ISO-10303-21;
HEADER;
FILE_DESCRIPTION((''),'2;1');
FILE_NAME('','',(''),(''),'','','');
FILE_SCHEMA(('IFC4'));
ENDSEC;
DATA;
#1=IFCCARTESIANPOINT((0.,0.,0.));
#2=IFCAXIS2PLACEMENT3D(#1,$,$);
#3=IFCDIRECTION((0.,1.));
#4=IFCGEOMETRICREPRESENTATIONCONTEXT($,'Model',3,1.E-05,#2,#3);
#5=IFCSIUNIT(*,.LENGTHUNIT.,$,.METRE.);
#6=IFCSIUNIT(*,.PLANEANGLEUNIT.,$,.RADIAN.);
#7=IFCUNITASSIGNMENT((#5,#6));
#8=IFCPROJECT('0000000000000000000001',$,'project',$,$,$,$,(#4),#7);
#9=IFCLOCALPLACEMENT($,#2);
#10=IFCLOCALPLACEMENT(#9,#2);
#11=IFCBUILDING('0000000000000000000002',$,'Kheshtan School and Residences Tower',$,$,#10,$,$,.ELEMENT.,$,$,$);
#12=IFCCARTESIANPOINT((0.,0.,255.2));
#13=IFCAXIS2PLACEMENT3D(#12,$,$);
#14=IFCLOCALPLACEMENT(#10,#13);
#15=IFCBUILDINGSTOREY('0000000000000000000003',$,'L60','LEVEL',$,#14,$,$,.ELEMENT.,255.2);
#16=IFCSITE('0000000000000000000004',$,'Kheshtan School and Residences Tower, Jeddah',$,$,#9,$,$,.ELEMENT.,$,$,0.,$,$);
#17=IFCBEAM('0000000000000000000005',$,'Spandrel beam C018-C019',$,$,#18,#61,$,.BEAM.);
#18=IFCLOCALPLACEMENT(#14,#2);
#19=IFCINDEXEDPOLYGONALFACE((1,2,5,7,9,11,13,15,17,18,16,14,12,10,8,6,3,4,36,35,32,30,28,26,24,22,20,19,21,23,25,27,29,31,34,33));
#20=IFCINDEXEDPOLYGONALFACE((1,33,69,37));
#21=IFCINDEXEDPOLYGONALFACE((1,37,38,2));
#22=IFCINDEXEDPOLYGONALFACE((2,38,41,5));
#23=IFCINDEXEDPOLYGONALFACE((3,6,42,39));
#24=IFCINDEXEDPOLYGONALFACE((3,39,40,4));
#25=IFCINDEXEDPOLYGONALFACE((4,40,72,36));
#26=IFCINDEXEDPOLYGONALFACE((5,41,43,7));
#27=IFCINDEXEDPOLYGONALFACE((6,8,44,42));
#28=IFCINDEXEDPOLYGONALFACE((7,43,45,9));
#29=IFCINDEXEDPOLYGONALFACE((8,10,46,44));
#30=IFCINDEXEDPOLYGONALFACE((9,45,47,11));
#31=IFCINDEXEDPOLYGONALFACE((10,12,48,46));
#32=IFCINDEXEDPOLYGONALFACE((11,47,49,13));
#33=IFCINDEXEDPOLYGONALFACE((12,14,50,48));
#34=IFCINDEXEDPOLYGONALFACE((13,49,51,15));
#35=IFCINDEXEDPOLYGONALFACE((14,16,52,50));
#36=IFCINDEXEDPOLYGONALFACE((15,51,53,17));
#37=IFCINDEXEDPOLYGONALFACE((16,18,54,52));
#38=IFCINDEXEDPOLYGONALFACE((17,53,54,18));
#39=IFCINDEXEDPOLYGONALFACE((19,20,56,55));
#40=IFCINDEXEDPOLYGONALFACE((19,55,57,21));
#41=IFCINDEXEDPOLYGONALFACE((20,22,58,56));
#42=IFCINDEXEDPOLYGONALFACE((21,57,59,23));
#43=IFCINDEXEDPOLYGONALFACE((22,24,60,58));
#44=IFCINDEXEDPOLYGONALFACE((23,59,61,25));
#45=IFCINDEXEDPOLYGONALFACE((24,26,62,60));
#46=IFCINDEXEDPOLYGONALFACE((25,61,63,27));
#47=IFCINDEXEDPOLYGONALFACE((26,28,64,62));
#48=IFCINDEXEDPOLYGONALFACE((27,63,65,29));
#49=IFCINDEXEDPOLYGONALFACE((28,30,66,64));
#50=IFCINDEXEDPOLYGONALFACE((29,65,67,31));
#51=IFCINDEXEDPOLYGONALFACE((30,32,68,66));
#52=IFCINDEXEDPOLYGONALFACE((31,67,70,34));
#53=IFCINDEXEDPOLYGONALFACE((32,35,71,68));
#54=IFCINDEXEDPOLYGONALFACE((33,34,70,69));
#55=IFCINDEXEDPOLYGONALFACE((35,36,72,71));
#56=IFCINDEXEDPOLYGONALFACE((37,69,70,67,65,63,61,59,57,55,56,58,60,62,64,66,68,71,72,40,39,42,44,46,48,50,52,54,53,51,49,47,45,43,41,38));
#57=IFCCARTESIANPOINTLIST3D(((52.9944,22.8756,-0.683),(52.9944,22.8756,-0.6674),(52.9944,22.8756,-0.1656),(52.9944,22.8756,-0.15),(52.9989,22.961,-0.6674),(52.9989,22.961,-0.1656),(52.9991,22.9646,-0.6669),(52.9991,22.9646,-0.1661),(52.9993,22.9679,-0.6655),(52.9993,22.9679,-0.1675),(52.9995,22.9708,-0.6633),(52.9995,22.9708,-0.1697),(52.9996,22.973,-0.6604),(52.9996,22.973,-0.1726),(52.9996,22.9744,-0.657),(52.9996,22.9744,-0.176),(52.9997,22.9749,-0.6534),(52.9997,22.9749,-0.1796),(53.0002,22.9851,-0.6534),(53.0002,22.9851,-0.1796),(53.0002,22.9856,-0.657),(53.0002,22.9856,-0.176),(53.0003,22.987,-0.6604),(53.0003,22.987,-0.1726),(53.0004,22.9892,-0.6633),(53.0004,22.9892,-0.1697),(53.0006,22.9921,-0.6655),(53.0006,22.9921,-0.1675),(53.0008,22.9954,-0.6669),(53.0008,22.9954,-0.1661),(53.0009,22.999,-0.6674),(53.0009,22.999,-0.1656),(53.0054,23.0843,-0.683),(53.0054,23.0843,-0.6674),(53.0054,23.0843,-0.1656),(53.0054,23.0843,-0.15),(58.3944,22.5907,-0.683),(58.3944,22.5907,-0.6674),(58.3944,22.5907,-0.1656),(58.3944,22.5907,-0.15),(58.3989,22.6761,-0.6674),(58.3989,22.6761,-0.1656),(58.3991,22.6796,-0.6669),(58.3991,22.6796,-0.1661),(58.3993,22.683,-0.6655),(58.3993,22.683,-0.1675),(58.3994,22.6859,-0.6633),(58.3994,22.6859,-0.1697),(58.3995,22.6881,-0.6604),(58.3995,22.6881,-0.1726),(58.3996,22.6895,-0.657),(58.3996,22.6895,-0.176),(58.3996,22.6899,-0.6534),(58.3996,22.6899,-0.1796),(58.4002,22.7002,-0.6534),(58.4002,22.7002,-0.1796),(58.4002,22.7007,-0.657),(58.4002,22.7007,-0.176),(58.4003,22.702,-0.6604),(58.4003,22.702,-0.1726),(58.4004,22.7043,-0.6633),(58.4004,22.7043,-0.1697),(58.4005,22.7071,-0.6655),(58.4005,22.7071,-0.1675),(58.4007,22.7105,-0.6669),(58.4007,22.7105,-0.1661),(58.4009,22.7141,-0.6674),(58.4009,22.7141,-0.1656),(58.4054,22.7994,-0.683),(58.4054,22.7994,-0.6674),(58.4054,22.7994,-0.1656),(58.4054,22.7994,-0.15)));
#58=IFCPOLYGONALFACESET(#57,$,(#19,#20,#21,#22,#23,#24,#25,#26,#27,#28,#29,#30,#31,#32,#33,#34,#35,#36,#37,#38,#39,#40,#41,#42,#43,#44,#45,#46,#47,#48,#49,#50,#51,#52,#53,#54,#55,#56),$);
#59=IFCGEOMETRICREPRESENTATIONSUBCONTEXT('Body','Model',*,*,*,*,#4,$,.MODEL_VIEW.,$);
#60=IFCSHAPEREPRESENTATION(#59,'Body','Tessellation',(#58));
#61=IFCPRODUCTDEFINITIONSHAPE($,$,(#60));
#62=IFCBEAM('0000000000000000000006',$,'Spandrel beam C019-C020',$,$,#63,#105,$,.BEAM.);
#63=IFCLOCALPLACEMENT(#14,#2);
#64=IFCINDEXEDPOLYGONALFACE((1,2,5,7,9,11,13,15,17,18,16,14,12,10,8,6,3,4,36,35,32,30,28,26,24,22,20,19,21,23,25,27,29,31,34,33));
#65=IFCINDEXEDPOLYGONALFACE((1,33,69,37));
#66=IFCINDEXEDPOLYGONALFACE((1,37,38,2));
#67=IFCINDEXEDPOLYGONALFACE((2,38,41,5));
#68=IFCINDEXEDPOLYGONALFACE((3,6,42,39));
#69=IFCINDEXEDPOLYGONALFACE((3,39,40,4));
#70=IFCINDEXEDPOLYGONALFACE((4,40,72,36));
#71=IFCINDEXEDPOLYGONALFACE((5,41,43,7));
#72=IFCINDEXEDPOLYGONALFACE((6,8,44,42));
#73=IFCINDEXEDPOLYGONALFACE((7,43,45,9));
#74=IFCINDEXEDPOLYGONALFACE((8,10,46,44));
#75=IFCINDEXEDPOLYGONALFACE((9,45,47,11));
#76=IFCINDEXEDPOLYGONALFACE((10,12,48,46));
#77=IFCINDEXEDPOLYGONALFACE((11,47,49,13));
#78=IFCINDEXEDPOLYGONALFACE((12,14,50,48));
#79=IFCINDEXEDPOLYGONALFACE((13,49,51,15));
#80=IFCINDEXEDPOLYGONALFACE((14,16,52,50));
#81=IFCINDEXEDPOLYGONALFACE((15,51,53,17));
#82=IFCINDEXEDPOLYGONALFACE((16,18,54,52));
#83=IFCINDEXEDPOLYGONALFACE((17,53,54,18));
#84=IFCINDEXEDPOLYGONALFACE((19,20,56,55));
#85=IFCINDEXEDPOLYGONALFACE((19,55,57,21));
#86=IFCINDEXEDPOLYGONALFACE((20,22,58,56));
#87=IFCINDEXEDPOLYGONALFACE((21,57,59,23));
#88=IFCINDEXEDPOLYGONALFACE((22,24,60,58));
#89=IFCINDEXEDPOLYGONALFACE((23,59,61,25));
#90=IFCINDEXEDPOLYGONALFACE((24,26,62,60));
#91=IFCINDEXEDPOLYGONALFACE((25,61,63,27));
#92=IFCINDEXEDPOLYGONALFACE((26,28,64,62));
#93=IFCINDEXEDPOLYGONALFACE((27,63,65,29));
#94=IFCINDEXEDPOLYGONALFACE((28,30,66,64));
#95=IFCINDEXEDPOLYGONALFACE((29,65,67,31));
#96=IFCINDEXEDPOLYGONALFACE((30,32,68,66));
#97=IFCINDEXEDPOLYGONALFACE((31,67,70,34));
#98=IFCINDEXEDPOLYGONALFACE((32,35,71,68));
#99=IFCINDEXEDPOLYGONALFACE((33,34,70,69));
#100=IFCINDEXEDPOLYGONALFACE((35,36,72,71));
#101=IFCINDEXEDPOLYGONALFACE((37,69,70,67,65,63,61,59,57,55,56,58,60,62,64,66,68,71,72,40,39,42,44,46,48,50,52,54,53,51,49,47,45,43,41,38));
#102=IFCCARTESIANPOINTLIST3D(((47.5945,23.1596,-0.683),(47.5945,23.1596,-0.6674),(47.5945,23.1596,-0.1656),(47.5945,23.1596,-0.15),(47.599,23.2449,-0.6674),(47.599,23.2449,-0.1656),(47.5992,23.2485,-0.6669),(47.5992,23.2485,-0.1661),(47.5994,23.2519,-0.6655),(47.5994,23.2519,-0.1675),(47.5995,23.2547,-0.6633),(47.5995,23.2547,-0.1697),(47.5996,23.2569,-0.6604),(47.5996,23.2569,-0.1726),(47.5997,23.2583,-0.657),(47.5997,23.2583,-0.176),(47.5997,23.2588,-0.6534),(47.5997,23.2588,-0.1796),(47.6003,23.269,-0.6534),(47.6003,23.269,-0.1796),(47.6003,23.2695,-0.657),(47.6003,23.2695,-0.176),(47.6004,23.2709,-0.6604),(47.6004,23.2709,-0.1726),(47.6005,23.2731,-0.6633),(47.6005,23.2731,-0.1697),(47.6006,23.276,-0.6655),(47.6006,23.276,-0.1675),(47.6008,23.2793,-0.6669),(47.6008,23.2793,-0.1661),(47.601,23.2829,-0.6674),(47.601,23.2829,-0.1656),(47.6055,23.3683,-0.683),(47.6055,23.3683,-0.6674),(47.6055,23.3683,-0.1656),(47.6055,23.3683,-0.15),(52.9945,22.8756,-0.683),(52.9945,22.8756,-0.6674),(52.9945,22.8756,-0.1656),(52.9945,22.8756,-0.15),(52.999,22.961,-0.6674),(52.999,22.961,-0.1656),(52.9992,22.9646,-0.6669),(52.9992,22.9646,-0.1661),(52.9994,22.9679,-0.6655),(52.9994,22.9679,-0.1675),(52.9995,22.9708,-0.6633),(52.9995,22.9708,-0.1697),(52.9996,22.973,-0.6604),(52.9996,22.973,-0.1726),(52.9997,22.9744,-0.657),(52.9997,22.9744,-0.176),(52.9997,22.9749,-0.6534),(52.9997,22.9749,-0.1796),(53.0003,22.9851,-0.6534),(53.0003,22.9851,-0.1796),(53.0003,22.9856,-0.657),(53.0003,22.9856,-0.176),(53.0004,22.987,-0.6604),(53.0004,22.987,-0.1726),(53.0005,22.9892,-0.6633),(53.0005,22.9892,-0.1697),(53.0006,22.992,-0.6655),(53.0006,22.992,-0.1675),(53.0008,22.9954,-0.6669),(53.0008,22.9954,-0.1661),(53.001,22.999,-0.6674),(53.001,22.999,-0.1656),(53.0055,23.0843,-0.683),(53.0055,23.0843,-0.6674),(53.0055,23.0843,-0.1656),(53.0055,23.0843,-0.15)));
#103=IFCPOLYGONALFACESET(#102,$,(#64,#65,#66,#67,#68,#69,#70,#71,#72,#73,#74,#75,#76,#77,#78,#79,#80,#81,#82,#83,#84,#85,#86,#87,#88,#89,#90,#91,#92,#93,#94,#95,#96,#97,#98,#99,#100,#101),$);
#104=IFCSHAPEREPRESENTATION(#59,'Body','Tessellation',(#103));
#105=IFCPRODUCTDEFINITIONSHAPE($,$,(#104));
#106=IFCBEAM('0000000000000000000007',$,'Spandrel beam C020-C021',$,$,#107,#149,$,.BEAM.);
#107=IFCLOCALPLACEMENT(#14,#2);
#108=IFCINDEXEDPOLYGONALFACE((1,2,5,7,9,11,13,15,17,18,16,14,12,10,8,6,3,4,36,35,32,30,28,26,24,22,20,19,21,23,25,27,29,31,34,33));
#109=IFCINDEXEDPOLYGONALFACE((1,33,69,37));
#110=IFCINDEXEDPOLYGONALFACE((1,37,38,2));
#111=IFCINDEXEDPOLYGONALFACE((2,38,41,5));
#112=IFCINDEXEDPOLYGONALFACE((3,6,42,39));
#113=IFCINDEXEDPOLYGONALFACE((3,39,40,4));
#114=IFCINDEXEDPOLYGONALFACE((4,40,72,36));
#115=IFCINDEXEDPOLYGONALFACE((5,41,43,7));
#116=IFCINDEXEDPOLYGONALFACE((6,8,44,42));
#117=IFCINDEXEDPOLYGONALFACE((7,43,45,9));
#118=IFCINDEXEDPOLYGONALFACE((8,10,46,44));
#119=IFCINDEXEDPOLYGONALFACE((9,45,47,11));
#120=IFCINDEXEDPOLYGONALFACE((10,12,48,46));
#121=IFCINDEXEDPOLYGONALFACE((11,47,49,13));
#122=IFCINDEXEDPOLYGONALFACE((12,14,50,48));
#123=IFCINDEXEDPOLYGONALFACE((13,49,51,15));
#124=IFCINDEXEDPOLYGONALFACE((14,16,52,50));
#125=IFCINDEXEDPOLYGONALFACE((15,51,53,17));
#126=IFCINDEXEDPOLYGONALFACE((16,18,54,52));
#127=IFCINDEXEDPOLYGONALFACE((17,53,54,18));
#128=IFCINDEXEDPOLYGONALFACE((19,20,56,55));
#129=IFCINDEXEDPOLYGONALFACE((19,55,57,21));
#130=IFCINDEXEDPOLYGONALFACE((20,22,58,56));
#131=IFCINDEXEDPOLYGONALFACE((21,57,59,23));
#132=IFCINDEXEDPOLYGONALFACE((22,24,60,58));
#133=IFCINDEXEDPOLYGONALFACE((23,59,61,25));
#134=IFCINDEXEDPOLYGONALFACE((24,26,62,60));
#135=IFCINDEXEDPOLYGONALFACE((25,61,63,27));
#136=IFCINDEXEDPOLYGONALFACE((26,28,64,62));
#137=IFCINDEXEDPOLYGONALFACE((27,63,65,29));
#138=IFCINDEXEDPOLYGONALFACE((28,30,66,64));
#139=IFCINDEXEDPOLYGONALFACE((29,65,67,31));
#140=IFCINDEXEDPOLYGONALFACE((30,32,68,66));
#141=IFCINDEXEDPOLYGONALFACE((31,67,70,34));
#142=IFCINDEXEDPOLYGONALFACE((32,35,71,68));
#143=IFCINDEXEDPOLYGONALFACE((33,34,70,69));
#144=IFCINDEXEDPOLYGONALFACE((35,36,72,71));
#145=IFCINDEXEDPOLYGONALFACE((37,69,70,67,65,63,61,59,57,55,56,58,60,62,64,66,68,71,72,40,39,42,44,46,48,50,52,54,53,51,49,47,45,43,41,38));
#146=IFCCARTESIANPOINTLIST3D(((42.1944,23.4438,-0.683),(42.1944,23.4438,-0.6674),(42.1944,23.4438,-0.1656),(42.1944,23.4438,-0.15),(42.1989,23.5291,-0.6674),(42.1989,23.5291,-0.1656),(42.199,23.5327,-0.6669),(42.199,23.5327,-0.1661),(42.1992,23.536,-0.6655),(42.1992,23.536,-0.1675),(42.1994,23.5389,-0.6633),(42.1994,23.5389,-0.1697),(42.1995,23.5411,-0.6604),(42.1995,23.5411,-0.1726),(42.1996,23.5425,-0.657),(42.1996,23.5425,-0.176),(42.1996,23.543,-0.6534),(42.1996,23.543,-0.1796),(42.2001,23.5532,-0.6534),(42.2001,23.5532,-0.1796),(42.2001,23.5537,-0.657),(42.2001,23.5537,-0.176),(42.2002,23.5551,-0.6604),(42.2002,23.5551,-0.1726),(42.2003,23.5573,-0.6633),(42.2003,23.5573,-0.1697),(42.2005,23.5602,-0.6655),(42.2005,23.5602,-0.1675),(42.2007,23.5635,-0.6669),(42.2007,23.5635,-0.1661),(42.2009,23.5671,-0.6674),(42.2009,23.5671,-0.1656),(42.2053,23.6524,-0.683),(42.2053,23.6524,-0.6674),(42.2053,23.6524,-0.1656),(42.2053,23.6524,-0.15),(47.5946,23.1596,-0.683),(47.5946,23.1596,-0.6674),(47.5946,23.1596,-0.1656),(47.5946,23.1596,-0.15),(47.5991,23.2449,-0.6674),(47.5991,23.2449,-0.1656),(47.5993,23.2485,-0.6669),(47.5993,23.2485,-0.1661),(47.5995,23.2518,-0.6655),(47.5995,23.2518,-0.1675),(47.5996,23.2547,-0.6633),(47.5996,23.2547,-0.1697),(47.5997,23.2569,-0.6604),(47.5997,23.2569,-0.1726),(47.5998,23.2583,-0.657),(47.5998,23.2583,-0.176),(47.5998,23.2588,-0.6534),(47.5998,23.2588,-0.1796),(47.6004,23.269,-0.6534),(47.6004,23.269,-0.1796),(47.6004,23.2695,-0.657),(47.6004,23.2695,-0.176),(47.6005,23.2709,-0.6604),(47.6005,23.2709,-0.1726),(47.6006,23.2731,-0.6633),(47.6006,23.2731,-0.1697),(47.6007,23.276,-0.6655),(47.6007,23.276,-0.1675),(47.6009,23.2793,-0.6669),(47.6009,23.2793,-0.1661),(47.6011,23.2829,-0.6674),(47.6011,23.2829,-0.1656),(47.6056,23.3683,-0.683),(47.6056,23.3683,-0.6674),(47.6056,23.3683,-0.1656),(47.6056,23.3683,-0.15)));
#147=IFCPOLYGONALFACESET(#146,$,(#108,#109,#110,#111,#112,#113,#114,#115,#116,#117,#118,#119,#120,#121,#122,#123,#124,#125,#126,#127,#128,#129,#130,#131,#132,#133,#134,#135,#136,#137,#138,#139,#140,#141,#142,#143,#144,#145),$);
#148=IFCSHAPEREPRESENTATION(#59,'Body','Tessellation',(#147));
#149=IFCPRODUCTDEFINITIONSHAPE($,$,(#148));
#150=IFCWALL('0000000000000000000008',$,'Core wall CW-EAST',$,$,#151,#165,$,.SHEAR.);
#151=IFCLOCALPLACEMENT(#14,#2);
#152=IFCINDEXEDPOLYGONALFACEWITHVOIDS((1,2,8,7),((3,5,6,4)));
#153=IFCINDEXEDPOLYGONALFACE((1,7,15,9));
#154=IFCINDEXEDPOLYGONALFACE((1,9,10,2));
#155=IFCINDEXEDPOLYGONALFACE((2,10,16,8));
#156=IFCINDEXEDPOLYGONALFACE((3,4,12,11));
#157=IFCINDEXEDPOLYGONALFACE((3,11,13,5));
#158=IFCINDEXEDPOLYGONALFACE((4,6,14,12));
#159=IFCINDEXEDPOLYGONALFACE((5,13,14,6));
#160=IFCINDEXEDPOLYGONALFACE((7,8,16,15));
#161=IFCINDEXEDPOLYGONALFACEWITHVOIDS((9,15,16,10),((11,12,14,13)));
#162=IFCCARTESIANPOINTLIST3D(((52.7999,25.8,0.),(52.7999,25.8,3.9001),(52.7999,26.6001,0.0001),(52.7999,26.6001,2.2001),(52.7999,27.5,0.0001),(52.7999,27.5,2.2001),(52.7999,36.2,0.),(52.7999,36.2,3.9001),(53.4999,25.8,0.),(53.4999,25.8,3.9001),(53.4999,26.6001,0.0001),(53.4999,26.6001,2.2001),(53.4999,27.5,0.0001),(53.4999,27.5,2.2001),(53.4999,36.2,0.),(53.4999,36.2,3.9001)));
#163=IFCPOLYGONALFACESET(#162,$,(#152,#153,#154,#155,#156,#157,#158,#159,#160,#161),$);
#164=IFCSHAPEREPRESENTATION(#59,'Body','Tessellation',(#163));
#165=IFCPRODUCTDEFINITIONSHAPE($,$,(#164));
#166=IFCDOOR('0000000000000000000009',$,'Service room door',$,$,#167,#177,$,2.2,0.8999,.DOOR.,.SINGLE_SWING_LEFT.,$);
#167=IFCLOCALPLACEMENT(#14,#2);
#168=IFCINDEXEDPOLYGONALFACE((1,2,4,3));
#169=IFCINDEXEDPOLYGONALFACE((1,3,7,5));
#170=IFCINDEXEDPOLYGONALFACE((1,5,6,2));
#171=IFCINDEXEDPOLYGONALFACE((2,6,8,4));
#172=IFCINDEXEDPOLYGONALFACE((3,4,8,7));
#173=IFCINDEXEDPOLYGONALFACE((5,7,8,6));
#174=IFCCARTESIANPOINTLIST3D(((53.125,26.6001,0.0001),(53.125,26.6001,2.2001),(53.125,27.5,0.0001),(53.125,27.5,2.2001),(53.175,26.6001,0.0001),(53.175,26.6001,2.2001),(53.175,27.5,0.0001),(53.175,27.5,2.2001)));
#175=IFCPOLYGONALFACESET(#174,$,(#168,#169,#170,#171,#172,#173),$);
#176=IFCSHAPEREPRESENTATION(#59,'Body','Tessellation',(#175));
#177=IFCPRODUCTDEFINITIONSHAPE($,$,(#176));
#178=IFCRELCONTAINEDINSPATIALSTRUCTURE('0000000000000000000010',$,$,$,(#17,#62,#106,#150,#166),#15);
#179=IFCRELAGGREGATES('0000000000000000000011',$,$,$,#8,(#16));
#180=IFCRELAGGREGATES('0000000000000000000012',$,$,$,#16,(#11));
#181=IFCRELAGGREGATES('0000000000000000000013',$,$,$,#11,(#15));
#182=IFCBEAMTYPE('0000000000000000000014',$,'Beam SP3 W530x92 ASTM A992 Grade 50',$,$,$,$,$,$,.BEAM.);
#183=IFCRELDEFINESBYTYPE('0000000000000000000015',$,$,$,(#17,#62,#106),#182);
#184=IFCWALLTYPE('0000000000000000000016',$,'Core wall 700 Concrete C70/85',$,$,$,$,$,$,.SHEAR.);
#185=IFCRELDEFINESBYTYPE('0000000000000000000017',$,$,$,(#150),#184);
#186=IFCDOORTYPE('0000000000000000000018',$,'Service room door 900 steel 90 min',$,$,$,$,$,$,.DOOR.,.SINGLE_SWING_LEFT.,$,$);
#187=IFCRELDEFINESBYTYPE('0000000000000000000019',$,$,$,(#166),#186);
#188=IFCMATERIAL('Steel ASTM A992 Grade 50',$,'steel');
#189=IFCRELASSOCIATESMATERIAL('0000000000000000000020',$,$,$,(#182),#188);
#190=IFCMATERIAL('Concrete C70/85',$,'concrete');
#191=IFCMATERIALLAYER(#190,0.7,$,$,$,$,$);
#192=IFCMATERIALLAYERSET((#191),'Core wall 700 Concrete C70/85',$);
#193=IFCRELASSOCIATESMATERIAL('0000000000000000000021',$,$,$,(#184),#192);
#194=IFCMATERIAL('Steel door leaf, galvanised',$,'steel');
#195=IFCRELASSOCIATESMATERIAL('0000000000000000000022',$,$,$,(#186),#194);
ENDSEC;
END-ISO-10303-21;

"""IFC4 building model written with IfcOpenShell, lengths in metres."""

from ifc_helpers import new_model, si_unit, direction, frame, frame_2d, origin, origin_2d, place, context, subcontext, project, spatial, rectangle, i_section, extrude, source, transform, mapped, material, layer, layer_set, material_profile, profile_set, type_object, element, fill, save


model = new_model("IFC4")

# Units and contexts
model_context = context("Model", 3, precision=1e-05, world=origin(), true_north=direction((0.0, 1.0)))
body_context = subcontext(model_context, "Body", "Model", "MODEL_VIEW")
ifc_project = project(units=[si_unit("LENGTHUNIT", "METRE"), si_unit("PLANEANGLEUNIT", "RADIAN")], contexts=[model_context])

# Site, building, storey
site_placement = place(None, origin())
site = spatial("IfcSite", under=ifc_project, at=site_placement, Name="Kheshtan School and Residences Tower, Jeddah", CompositionType="ELEMENT", RefElevation=0.0)
building_placement = place(site_placement, origin())
building = spatial("IfcBuilding", under=site, at=building_placement, Name="Kheshtan School and Residences Tower", CompositionType="ELEMENT")
storey_placement = place(building_placement, frame((0.0, 0.0, 255.2)))
storey = spatial("IfcBuildingStorey", under=building, at=storey_placement, Name="L60", Description="LEVEL", CompositionType="ELEMENT", Elevation=255.2)

# Shared definitions
ifc_material_1 = material(Name="Steel ASTM A992 Grade 50", Category="steel")

# Beams
ifc_material_profile_1 = material_profile(ifc_material_1, i_section(OverallWidth=0.209, OverallDepth=0.533, WebThickness=0.0103, FlangeThickness=0.0156, FilletRadius=0.0139, at=origin_2d()), Name="W530x92")
ifc_profile_set_1 = profile_set([ifc_material_profile_1], Name="Steel ASTM A992 Grade 50")
beam_type_1 = type_object("IfcBeamType", Name="Beam SP3 W530x92 ASTM A992 Grade 50", PredefinedType="BEAM", material=ifc_profile_set_1)
for number, where, z_axis, x_axis, name in (
    (1, (58.3999, 22.6951, -0.4165), (-0.998611, 0.052689, 0.0), (-0.052689, -0.998611, 0.0), "Spandrel beam C018-C019"),
    (2, (53.0, 22.98, -0.4165), (-0.99862, 0.052509, 0.0), (-0.052509, -0.99862, 0.0), "Spandrel beam C019-C020"),
):
    element("IfcBeam", number, at=place(storey_placement, frame(where, z_axis=z_axis, x_axis=x_axis)), inside=storey, type_object=beam_type_1, Name=name, PredefinedType="BEAM", context=body_context, shape_type="SweptSolid", body=[
        extrude(i_section(OverallWidth=0.209, OverallDepth=0.533, WebThickness=0.0103, FlangeThickness=0.0156, FilletRadius=0.0139, at=origin_2d()), origin(), (0.0, 0.0, 1.0), 5.4075),
    ])
beam_1_placement = place(storey_placement, frame((47.6001, 23.2639, -0.4165), z_axis=(-0.998618, 0.052552, 0.0), x_axis=(-0.052552, -0.998618, 0.0)))
element("IfcBeam", 3, at=beam_1_placement, inside=storey, type_object=beam_type_1, Name="Spandrel beam C020-C021", PredefinedType="BEAM", context=body_context, shape_type="SweptSolid", body=[
    extrude(i_section(OverallWidth=0.209, OverallDepth=0.533, WebThickness=0.0103, FlangeThickness=0.0156, FilletRadius=0.0139, at=origin_2d()), origin(), (0.0, 0.0, 1.0), 5.4077),
])

# Wall, opening, door
ifc_material_2 = material(Name="Concrete C70/85", Category="concrete")
ifc_layer_1 = layer(ifc_material_2, 0.7)
ifc_layer_set_1 = layer_set([ifc_layer_1], Name="Core wall 700 Concrete C70/85")
wall_type_1 = type_object("IfcWallType", Name="Core wall 700 Concrete C70/85", PredefinedType="SHEAR", material=ifc_layer_set_1)
wall_1_placement = place(storey_placement, frame((53.1499, 25.8, 0.0), z_axis=(0.0, 0.0, 1.0), x_axis=(0.0, 1.0, 0.0)))
wall_1 = element("IfcWall", 4, at=wall_1_placement, inside=storey, type_object=wall_type_1, Name="Core wall CW-EAST", PredefinedType="SHEAR", context=body_context, shape_type="SweptSolid", body=[
    extrude(rectangle(XDim=10.3999, YDim=0.7, at=frame_2d((5.2, 0.0))), origin(), (0.0, 0.0, 1.0), 3.9001),
])
opening_1_placement = place(wall_1_placement, frame((0.8, 0.0, 0.0)))
opening_1 = element("IfcOpeningElement", 5, at=opening_1_placement, cuts=wall_1, PredefinedType="OPENING", context=body_context, shape_type="SweptSolid", body=[
    extrude(rectangle(XDim=0.8999, YDim=2.2, at=frame_2d((0.45, 1.1001))), frame((0.0, 0.3599, 0.0), z_axis=(0.0, -1.0, 0.0), x_axis=(1.0, 0.0, 0.0)), (0.0, 0.0, 1.0), 0.72),
])
ifc_material_3 = material(Name="Steel door leaf, galvanised", Category="steel")
door_type_1 = type_object("IfcDoorType", Name="Service room door 900 steel 90 min", OperationType="SINGLE_SWING_LEFT", PredefinedType="DOOR", material=ifc_material_3)
shared_shape_1 = source(origin(), body_context, "Body", "SweptSolid", [
    extrude(rectangle(XDim=0.8999, YDim=2.2, at=frame_2d((0.45, 1.1001))), frame((0.0, 0.0249, 0.0), z_axis=(0.0, -1.0, 0.0), x_axis=(1.0, 0.0, 0.0)), (0.0, 0.0, 1.0), 0.05),
])
door_1_placement = place(opening_1_placement, origin())
door_1 = element("IfcDoor", 6, at=door_1_placement, inside=storey, type_object=door_type_1, Name="Service room door", OperationType="SINGLE_SWING_LEFT", OverallHeight=2.2, OverallWidth=0.8999, PredefinedType="DOOR", context=body_context, shape_type="MappedRepresentation", body=[
    mapped(shared_shape_1, transform((0.0, 0.0, 0.0), x_axis=(1.0, 0.0, 0.0), y_axis=(0.0, 1.0, 0.0), z_axis=(0.0, 0.0, 1.0), scale=1.0)),
])
fill(opening_1, door_1)

save(model, "model.ifc")
